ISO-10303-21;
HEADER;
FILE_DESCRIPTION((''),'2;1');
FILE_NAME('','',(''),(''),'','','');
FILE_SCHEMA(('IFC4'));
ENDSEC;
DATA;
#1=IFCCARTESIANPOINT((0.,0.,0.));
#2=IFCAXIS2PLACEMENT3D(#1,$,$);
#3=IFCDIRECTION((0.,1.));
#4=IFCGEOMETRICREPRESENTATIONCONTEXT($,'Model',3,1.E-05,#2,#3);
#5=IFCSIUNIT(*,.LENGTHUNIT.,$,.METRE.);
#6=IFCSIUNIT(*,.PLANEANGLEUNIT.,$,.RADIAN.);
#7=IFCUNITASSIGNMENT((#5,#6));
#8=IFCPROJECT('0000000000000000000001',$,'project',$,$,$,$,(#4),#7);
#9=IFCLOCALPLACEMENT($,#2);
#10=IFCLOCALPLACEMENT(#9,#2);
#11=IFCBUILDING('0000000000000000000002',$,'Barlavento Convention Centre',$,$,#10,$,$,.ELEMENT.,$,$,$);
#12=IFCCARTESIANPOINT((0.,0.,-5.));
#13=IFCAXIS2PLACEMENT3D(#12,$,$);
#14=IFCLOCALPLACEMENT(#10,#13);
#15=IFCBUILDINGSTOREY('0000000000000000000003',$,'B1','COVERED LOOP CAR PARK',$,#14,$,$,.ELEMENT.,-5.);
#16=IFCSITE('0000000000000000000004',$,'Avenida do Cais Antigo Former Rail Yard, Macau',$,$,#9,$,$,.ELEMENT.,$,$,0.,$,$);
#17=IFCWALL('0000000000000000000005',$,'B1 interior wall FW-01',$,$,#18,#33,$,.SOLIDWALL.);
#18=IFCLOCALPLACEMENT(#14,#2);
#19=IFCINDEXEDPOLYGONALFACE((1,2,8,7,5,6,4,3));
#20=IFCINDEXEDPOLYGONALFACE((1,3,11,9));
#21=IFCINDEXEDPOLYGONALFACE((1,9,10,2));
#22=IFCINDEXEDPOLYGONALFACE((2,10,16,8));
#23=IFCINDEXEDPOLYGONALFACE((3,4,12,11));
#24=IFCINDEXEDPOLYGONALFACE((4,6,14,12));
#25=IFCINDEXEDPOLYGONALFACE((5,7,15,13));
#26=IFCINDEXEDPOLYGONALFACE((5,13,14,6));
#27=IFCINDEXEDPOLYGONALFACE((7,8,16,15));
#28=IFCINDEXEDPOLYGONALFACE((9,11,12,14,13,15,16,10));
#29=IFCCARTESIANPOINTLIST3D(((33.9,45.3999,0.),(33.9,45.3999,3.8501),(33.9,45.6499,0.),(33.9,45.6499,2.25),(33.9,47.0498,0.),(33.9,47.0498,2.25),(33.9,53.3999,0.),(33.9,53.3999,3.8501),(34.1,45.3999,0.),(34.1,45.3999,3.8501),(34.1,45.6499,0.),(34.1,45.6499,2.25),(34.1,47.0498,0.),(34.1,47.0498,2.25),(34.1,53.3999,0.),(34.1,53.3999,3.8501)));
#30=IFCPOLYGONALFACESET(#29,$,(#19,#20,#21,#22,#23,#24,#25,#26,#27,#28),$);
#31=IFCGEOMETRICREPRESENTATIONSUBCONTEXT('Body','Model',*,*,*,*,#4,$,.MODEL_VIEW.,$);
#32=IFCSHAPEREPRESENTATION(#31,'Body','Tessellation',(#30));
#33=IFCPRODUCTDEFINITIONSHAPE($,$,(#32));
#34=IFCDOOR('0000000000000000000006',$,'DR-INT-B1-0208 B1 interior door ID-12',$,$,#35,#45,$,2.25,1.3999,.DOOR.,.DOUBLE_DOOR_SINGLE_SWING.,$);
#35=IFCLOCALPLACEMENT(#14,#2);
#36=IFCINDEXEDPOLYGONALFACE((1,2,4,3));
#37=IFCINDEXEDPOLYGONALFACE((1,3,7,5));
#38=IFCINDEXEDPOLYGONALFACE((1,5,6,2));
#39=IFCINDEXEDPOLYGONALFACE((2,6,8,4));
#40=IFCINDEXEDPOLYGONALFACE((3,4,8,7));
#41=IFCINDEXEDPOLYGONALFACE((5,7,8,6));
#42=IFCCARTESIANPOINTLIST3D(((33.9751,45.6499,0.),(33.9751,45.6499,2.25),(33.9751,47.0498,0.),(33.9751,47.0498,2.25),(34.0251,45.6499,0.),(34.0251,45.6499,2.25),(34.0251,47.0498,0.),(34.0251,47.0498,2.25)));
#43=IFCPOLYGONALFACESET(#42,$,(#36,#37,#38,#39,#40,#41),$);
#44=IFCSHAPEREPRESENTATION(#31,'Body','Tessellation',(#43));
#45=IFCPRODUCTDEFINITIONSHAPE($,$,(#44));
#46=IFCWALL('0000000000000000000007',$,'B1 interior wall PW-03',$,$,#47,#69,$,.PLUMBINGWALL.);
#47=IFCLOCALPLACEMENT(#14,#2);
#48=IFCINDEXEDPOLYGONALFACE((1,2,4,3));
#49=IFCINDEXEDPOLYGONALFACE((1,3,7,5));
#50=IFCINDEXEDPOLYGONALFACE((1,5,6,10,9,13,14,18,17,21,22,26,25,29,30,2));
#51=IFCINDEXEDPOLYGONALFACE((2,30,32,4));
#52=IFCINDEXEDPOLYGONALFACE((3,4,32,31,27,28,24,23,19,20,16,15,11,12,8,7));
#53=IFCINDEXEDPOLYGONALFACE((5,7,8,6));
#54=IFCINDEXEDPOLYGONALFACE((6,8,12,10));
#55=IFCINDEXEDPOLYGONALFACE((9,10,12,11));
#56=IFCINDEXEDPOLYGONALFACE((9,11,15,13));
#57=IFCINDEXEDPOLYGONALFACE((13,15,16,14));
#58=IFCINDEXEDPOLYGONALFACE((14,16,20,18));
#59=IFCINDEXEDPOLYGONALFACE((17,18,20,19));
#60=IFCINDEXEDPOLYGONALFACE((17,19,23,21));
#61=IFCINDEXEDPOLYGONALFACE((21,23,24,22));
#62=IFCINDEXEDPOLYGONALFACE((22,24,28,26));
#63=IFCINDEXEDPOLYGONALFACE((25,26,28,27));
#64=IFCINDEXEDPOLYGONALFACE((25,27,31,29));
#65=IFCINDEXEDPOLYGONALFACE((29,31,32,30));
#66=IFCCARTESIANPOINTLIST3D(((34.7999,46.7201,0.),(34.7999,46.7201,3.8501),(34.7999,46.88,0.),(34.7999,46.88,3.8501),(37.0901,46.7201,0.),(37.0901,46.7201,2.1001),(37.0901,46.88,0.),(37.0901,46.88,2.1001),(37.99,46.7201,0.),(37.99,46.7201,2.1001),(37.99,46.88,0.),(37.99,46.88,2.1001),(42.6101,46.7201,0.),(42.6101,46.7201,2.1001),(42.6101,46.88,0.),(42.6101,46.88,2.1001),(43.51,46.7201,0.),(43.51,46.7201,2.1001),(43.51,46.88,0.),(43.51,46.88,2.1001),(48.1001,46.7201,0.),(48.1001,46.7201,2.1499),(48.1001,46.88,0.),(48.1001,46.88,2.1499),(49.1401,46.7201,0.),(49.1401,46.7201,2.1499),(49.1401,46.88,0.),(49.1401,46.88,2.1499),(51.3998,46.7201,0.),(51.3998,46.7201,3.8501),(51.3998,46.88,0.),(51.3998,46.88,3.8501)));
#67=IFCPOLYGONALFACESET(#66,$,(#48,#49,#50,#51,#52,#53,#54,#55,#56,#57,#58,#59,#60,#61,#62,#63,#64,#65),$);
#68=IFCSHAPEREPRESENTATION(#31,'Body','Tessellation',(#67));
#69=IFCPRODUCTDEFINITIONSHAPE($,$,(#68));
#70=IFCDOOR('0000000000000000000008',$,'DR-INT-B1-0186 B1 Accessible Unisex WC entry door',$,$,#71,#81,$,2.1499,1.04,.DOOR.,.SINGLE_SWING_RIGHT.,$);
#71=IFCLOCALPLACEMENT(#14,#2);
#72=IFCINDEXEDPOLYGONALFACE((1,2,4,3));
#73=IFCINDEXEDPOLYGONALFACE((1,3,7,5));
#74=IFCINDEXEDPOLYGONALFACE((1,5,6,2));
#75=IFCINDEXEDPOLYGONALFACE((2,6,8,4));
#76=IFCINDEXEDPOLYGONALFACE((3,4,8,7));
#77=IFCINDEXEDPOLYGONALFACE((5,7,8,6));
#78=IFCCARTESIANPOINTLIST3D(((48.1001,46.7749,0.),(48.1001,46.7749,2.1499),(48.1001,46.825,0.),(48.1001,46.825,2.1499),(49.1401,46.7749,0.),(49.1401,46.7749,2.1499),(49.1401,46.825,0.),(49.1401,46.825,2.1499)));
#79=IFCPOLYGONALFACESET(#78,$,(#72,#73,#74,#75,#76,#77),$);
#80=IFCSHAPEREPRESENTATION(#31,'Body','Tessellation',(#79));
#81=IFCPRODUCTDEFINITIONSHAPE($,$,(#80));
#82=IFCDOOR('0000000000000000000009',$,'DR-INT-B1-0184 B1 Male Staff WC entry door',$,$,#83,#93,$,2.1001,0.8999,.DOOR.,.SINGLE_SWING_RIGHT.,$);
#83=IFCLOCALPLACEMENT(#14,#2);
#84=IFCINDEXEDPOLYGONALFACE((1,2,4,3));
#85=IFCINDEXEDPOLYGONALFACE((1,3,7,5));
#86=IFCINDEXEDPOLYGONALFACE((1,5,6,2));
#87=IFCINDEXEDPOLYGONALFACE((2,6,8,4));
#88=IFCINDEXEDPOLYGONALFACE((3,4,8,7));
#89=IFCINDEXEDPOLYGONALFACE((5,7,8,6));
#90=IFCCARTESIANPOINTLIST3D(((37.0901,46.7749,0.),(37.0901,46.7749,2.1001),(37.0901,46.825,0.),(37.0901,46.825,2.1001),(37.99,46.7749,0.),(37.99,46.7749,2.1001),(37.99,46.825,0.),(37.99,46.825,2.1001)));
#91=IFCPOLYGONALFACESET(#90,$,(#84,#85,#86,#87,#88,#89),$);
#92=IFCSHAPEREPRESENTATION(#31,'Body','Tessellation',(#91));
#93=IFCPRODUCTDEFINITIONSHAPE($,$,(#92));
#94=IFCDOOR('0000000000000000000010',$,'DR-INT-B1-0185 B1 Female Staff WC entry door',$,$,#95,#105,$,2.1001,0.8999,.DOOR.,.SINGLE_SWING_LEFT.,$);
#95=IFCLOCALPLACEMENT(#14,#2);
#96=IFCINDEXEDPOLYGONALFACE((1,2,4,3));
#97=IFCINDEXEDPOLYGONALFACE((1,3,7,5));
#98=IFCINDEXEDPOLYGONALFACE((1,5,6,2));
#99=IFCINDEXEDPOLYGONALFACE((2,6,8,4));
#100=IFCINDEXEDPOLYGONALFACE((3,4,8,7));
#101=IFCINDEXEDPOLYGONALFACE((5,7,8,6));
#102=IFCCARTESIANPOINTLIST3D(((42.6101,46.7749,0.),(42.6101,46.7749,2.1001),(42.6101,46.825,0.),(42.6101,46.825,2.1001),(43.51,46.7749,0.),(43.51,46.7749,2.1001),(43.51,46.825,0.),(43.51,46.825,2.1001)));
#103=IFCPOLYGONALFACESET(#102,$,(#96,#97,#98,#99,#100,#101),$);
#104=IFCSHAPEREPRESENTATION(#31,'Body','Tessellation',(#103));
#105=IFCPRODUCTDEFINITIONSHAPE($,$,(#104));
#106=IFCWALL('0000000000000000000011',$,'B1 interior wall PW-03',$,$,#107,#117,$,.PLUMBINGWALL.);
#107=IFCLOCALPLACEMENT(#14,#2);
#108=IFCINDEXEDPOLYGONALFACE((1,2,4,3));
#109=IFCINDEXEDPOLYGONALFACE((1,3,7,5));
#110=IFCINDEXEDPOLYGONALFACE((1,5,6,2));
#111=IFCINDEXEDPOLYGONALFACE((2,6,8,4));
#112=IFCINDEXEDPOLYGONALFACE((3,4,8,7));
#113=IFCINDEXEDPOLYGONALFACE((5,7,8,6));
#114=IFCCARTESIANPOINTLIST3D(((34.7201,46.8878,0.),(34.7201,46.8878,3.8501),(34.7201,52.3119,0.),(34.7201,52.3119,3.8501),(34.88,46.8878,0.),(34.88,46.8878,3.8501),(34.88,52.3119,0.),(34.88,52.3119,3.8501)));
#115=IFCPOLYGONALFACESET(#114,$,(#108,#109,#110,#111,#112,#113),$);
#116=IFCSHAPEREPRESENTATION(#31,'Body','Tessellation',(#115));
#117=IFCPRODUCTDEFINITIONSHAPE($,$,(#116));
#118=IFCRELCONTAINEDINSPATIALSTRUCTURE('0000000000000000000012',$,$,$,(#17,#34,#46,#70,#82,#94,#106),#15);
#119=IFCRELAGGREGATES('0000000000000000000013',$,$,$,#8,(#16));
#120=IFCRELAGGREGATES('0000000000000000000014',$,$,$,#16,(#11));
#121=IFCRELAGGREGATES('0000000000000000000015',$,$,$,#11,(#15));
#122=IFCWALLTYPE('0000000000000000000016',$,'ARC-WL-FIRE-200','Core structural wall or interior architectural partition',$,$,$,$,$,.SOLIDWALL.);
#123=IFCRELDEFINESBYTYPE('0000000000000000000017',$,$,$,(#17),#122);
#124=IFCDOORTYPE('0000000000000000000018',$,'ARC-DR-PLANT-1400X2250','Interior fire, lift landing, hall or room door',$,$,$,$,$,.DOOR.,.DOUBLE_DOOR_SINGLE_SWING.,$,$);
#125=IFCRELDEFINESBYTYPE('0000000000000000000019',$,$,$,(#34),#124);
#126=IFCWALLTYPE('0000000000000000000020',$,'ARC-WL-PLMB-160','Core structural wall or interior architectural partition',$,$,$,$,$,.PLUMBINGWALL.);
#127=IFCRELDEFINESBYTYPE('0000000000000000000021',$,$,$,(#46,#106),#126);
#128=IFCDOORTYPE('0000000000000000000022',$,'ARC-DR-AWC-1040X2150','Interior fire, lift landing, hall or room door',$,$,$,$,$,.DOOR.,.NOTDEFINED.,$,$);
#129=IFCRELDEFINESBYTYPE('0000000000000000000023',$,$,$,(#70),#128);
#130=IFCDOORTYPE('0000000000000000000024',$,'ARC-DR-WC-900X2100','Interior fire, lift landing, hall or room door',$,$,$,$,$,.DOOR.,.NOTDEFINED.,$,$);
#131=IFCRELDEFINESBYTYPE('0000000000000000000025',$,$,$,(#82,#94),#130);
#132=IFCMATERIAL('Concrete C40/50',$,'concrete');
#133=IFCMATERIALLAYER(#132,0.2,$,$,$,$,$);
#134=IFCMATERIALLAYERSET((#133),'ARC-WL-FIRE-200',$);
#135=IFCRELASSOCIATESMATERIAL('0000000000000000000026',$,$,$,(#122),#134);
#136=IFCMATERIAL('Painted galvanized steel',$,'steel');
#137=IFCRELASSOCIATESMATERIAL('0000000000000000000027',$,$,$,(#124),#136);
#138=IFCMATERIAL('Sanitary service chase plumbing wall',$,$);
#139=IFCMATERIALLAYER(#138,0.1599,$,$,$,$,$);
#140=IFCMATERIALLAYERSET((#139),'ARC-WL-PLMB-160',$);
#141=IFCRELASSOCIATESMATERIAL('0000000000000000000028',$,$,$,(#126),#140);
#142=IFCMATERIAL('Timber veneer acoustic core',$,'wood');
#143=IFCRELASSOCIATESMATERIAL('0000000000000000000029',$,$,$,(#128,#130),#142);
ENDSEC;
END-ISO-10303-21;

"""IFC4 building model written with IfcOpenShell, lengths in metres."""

from ifc_helpers import new_model, si_unit, direction, frame, frame_2d, origin, place, context, subcontext, project, spatial, rectangle, extrude, material, layer, layer_set, type_object, element, fill, save


model = new_model("IFC4")

# Units and contexts
model_context = context("Model", 3, precision=1e-05, world=origin(), true_north=direction((0.0, 1.0)))
body_context = subcontext(model_context, "Body", "Model", "MODEL_VIEW")
ifc_project = project(units=[si_unit("LENGTHUNIT", "METRE"), si_unit("PLANEANGLEUNIT", "RADIAN")], contexts=[model_context])

# Site, building, storey
site_placement = place(None, origin())
site = spatial("IfcSite", under=ifc_project, at=site_placement, Name="Avenida do Cais Antigo Former Rail Yard, Macau", CompositionType="ELEMENT", RefElevation=0.0)
building_placement = place(site_placement, origin())
building = spatial("IfcBuilding", under=site, at=building_placement, Name="Barlavento Convention Centre", CompositionType="ELEMENT")
storey_placement = place(building_placement, frame((0.0, 0.0, -5.0)))
storey = spatial("IfcBuildingStorey", under=building, at=storey_placement, Name="B1", Description="COVERED LOOP CAR PARK", CompositionType="ELEMENT", Elevation=-5.0)

# Shared definitions
ifc_material_1 = material(Name="Concrete C40/50", Category="concrete")

# Wall, opening, door
ifc_layer_1 = layer(ifc_material_1, 0.2)
ifc_layer_set_1 = layer_set([ifc_layer_1], Name="ARC-WL-FIRE-200")
wall_type_1 = type_object("IfcWallType", Name="ARC-WL-FIRE-200", Description="Core structural wall or interior architectural partition", PredefinedType="SOLIDWALL", material=ifc_layer_set_1)
wall_1_placement = place(storey_placement, frame((34.0, 45.3999, 0.0), z_axis=(0.0, 0.0, 1.0), x_axis=(0.0, 1.0, 0.0)))
wall_1 = element("IfcWall", 1, at=wall_1_placement, inside=storey, type_object=wall_type_1, Name="B1 interior wall FW-01", PredefinedType="SOLIDWALL", context=body_context, shape_type="SweptSolid", body=[
    extrude(rectangle(XDim=8.0, YDim=0.2, at=frame_2d((4.0, 0.0))), origin(), (0.0, 0.0, 1.0), 3.8501),
])
opening_1_placement = place(wall_1_placement, frame((0.25, 0.0, 0.0)))
opening_1 = element("IfcOpeningElement", 2, at=opening_1_placement, cuts=wall_1, PredefinedType="OPENING", context=body_context, shape_type="SweptSolid", body=[
    extrude(rectangle(XDim=1.3999, YDim=2.25, at=frame_2d((0.7, 1.125))), frame((0.0, 0.1099, 0.0), z_axis=(0.0, -1.0, 0.0), x_axis=(1.0, 0.0, 0.0)), (0.0, 0.0, 1.0), 0.22),
])
ifc_material_2 = material(Name="Painted galvanized steel", Category="steel")
door_type_1 = type_object("IfcDoorType", Name="ARC-DR-PLANT-1400X2250", Description="Interior fire, lift landing, hall or room door", OperationType="DOUBLE_DOOR_SINGLE_SWING", PredefinedType="DOOR", material=ifc_material_2)
door_1_placement = place(opening_1_placement, origin())
door_1 = element("IfcDoor", 3, at=door_1_placement, inside=storey, type_object=door_type_1, Name="DR-INT-B1-0208 B1 interior door ID-12", OperationType="DOUBLE_DOOR_SINGLE_SWING", OverallHeight=2.25, OverallWidth=1.3999, PredefinedType="DOOR", context=body_context, shape_type="SweptSolid", body=[
    extrude(rectangle(XDim=1.3999, YDim=2.25, at=frame_2d((0.7, 1.125))), frame((0.0, 0.0249, 0.0), z_axis=(0.0, -1.0, 0.0), x_axis=(1.0, 0.0, 0.0)), (0.0, 0.0, 1.0), 0.05),
])
fill(opening_1, door_1)

# Wall, openings, doors
ifc_material_3 = material(Name="Sanitary service chase plumbing wall")
ifc_layer_2 = layer(ifc_material_3, 0.1599)
ifc_layer_set_2 = layer_set([ifc_layer_2], Name="ARC-WL-PLMB-160")
wall_type_2 = type_object("IfcWallType", Name="ARC-WL-PLMB-160", Description="Core structural wall or interior architectural partition", PredefinedType="PLUMBINGWALL", material=ifc_layer_set_2)
wall_2_placement = place(storey_placement, frame((34.8, 46.8, 0.0), z_axis=(0.0, 0.0, 1.0), x_axis=(1.0, 0.0, 0.0)))
wall_2 = element("IfcWall", 4, at=wall_2_placement, inside=storey, type_object=wall_type_2, Name="B1 interior wall PW-03", PredefinedType="PLUMBINGWALL", context=body_context, shape_type="SweptSolid", body=[
    extrude(rectangle(XDim=16.5999, YDim=0.1599, at=frame_2d((8.2998, 0.0))), origin(), (0.0, 0.0, 1.0), 3.8501),
])
opening_2_placement = place(wall_2_placement, frame((2.29, 0.0, 0.0)))
opening_2 = element("IfcOpeningElement", 5, at=opening_2_placement, cuts=wall_2, PredefinedType="OPENING", context=body_context, shape_type="SweptSolid", body=[
    extrude(rectangle(XDim=0.8999, YDim=2.1001, at=frame_2d((0.45, 1.05))), frame((0.0, 0.0898, 0.0), z_axis=(0.0, -1.0, 0.0), x_axis=(1.0, 0.0, 0.0)), (0.0, 0.0, 1.0), 0.1799),
])
opening_3_placement = place(wall_2_placement, frame((7.8101, 0.0, 0.0)))
opening_3 = element("IfcOpeningElement", 6, at=opening_3_placement, cuts=wall_2, PredefinedType="OPENING", context=body_context, shape_type="SweptSolid", body=[
    extrude(rectangle(XDim=0.8999, YDim=2.1001, at=frame_2d((0.45, 1.05))), frame((0.0, 0.0898, 0.0), z_axis=(0.0, -1.0, 0.0), x_axis=(1.0, 0.0, 0.0)), (0.0, 0.0, 1.0), 0.1799),
])
opening_4_placement = place(wall_2_placement, frame((13.3, 0.0, 0.0)))
opening_4 = element("IfcOpeningElement", 7, at=opening_4_placement, cuts=wall_2, PredefinedType="OPENING", context=body_context, shape_type="SweptSolid", body=[
    extrude(rectangle(XDim=1.04, YDim=2.1499, at=frame_2d((0.52, 1.075))), frame((0.0, 0.0898, 0.0), z_axis=(0.0, -1.0, 0.0), x_axis=(1.0, 0.0, 0.0)), (0.0, 0.0, 1.0), 0.1799),
])
ifc_material_4 = material(Name="Timber veneer acoustic core", Category="wood")
door_type_2 = type_object("IfcDoorType", Name="ARC-DR-AWC-1040X2150", Description="Interior fire, lift landing, hall or room door", OperationType="NOTDEFINED", PredefinedType="DOOR", material=ifc_material_4)
door_2_placement = place(opening_4_placement, origin())
door_2 = element("IfcDoor", 8, at=door_2_placement, inside=storey, type_object=door_type_2, Name="DR-INT-B1-0186 B1 Accessible Unisex WC entry door", OperationType="SINGLE_SWING_RIGHT", OverallHeight=2.1499, OverallWidth=1.04, PredefinedType="DOOR", context=body_context, shape_type="SweptSolid", body=[
    extrude(rectangle(XDim=1.04, YDim=2.1499, at=frame_2d((0.52, 1.075))), frame((0.0, 0.0249, 0.0), z_axis=(0.0, -1.0, 0.0), x_axis=(1.0, 0.0, 0.0)), (0.0, 0.0, 1.0), 0.05),
])
fill(opening_4, door_2)
door_type_3 = type_object("IfcDoorType", Name="ARC-DR-WC-900X2100", Description="Interior fire, lift landing, hall or room door", OperationType="NOTDEFINED", PredefinedType="DOOR", material=ifc_material_4)
door_3_placement = place(opening_2_placement, origin())
door_3 = element("IfcDoor", 9, at=door_3_placement, inside=storey, type_object=door_type_3, Name="DR-INT-B1-0184 B1 Male Staff WC entry door", OperationType="SINGLE_SWING_RIGHT", OverallHeight=2.1001, OverallWidth=0.8999, PredefinedType="DOOR", context=body_context, shape_type="SweptSolid", body=[
    extrude(rectangle(XDim=0.8999, YDim=2.1001, at=frame_2d((0.45, 1.05))), frame((0.0, 0.0249, 0.0), z_axis=(0.0, -1.0, 0.0), x_axis=(1.0, 0.0, 0.0)), (0.0, 0.0, 1.0), 0.05),
])
fill(opening_2, door_3)
door_4_placement = place(opening_3_placement, origin())
door_4 = element("IfcDoor", 10, at=door_4_placement, inside=storey, type_object=door_type_3, Name="DR-INT-B1-0185 B1 Female Staff WC entry door", OperationType="SINGLE_SWING_LEFT", OverallHeight=2.1001, OverallWidth=0.8999, PredefinedType="DOOR", context=body_context, shape_type="SweptSolid", body=[
    extrude(rectangle(XDim=0.8999, YDim=2.1001, at=frame_2d((0.45, 1.05))), frame((0.0, 0.0249, 0.0), z_axis=(0.0, -1.0, 0.0), x_axis=(1.0, 0.0, 0.0)), (0.0, 0.0, 1.0), 0.05),
])
fill(opening_3, door_4)

# Wall
wall_3_placement = place(storey_placement, frame((34.8, 46.8879, 0.0), z_axis=(0.0, 0.0, 1.0), x_axis=(0.0, 1.0, 0.0)))
element("IfcWall", 11, at=wall_3_placement, inside=storey, type_object=wall_type_2, Name="B1 interior wall PW-03", PredefinedType="PLUMBINGWALL", context=body_context, shape_type="SweptSolid", body=[
    extrude(rectangle(XDim=5.4241, YDim=0.1599, at=frame_2d((2.7119, 0.0))), origin(), (0.0, 0.0, 1.0), 3.8501),
])

save(model, "model.ifc")
